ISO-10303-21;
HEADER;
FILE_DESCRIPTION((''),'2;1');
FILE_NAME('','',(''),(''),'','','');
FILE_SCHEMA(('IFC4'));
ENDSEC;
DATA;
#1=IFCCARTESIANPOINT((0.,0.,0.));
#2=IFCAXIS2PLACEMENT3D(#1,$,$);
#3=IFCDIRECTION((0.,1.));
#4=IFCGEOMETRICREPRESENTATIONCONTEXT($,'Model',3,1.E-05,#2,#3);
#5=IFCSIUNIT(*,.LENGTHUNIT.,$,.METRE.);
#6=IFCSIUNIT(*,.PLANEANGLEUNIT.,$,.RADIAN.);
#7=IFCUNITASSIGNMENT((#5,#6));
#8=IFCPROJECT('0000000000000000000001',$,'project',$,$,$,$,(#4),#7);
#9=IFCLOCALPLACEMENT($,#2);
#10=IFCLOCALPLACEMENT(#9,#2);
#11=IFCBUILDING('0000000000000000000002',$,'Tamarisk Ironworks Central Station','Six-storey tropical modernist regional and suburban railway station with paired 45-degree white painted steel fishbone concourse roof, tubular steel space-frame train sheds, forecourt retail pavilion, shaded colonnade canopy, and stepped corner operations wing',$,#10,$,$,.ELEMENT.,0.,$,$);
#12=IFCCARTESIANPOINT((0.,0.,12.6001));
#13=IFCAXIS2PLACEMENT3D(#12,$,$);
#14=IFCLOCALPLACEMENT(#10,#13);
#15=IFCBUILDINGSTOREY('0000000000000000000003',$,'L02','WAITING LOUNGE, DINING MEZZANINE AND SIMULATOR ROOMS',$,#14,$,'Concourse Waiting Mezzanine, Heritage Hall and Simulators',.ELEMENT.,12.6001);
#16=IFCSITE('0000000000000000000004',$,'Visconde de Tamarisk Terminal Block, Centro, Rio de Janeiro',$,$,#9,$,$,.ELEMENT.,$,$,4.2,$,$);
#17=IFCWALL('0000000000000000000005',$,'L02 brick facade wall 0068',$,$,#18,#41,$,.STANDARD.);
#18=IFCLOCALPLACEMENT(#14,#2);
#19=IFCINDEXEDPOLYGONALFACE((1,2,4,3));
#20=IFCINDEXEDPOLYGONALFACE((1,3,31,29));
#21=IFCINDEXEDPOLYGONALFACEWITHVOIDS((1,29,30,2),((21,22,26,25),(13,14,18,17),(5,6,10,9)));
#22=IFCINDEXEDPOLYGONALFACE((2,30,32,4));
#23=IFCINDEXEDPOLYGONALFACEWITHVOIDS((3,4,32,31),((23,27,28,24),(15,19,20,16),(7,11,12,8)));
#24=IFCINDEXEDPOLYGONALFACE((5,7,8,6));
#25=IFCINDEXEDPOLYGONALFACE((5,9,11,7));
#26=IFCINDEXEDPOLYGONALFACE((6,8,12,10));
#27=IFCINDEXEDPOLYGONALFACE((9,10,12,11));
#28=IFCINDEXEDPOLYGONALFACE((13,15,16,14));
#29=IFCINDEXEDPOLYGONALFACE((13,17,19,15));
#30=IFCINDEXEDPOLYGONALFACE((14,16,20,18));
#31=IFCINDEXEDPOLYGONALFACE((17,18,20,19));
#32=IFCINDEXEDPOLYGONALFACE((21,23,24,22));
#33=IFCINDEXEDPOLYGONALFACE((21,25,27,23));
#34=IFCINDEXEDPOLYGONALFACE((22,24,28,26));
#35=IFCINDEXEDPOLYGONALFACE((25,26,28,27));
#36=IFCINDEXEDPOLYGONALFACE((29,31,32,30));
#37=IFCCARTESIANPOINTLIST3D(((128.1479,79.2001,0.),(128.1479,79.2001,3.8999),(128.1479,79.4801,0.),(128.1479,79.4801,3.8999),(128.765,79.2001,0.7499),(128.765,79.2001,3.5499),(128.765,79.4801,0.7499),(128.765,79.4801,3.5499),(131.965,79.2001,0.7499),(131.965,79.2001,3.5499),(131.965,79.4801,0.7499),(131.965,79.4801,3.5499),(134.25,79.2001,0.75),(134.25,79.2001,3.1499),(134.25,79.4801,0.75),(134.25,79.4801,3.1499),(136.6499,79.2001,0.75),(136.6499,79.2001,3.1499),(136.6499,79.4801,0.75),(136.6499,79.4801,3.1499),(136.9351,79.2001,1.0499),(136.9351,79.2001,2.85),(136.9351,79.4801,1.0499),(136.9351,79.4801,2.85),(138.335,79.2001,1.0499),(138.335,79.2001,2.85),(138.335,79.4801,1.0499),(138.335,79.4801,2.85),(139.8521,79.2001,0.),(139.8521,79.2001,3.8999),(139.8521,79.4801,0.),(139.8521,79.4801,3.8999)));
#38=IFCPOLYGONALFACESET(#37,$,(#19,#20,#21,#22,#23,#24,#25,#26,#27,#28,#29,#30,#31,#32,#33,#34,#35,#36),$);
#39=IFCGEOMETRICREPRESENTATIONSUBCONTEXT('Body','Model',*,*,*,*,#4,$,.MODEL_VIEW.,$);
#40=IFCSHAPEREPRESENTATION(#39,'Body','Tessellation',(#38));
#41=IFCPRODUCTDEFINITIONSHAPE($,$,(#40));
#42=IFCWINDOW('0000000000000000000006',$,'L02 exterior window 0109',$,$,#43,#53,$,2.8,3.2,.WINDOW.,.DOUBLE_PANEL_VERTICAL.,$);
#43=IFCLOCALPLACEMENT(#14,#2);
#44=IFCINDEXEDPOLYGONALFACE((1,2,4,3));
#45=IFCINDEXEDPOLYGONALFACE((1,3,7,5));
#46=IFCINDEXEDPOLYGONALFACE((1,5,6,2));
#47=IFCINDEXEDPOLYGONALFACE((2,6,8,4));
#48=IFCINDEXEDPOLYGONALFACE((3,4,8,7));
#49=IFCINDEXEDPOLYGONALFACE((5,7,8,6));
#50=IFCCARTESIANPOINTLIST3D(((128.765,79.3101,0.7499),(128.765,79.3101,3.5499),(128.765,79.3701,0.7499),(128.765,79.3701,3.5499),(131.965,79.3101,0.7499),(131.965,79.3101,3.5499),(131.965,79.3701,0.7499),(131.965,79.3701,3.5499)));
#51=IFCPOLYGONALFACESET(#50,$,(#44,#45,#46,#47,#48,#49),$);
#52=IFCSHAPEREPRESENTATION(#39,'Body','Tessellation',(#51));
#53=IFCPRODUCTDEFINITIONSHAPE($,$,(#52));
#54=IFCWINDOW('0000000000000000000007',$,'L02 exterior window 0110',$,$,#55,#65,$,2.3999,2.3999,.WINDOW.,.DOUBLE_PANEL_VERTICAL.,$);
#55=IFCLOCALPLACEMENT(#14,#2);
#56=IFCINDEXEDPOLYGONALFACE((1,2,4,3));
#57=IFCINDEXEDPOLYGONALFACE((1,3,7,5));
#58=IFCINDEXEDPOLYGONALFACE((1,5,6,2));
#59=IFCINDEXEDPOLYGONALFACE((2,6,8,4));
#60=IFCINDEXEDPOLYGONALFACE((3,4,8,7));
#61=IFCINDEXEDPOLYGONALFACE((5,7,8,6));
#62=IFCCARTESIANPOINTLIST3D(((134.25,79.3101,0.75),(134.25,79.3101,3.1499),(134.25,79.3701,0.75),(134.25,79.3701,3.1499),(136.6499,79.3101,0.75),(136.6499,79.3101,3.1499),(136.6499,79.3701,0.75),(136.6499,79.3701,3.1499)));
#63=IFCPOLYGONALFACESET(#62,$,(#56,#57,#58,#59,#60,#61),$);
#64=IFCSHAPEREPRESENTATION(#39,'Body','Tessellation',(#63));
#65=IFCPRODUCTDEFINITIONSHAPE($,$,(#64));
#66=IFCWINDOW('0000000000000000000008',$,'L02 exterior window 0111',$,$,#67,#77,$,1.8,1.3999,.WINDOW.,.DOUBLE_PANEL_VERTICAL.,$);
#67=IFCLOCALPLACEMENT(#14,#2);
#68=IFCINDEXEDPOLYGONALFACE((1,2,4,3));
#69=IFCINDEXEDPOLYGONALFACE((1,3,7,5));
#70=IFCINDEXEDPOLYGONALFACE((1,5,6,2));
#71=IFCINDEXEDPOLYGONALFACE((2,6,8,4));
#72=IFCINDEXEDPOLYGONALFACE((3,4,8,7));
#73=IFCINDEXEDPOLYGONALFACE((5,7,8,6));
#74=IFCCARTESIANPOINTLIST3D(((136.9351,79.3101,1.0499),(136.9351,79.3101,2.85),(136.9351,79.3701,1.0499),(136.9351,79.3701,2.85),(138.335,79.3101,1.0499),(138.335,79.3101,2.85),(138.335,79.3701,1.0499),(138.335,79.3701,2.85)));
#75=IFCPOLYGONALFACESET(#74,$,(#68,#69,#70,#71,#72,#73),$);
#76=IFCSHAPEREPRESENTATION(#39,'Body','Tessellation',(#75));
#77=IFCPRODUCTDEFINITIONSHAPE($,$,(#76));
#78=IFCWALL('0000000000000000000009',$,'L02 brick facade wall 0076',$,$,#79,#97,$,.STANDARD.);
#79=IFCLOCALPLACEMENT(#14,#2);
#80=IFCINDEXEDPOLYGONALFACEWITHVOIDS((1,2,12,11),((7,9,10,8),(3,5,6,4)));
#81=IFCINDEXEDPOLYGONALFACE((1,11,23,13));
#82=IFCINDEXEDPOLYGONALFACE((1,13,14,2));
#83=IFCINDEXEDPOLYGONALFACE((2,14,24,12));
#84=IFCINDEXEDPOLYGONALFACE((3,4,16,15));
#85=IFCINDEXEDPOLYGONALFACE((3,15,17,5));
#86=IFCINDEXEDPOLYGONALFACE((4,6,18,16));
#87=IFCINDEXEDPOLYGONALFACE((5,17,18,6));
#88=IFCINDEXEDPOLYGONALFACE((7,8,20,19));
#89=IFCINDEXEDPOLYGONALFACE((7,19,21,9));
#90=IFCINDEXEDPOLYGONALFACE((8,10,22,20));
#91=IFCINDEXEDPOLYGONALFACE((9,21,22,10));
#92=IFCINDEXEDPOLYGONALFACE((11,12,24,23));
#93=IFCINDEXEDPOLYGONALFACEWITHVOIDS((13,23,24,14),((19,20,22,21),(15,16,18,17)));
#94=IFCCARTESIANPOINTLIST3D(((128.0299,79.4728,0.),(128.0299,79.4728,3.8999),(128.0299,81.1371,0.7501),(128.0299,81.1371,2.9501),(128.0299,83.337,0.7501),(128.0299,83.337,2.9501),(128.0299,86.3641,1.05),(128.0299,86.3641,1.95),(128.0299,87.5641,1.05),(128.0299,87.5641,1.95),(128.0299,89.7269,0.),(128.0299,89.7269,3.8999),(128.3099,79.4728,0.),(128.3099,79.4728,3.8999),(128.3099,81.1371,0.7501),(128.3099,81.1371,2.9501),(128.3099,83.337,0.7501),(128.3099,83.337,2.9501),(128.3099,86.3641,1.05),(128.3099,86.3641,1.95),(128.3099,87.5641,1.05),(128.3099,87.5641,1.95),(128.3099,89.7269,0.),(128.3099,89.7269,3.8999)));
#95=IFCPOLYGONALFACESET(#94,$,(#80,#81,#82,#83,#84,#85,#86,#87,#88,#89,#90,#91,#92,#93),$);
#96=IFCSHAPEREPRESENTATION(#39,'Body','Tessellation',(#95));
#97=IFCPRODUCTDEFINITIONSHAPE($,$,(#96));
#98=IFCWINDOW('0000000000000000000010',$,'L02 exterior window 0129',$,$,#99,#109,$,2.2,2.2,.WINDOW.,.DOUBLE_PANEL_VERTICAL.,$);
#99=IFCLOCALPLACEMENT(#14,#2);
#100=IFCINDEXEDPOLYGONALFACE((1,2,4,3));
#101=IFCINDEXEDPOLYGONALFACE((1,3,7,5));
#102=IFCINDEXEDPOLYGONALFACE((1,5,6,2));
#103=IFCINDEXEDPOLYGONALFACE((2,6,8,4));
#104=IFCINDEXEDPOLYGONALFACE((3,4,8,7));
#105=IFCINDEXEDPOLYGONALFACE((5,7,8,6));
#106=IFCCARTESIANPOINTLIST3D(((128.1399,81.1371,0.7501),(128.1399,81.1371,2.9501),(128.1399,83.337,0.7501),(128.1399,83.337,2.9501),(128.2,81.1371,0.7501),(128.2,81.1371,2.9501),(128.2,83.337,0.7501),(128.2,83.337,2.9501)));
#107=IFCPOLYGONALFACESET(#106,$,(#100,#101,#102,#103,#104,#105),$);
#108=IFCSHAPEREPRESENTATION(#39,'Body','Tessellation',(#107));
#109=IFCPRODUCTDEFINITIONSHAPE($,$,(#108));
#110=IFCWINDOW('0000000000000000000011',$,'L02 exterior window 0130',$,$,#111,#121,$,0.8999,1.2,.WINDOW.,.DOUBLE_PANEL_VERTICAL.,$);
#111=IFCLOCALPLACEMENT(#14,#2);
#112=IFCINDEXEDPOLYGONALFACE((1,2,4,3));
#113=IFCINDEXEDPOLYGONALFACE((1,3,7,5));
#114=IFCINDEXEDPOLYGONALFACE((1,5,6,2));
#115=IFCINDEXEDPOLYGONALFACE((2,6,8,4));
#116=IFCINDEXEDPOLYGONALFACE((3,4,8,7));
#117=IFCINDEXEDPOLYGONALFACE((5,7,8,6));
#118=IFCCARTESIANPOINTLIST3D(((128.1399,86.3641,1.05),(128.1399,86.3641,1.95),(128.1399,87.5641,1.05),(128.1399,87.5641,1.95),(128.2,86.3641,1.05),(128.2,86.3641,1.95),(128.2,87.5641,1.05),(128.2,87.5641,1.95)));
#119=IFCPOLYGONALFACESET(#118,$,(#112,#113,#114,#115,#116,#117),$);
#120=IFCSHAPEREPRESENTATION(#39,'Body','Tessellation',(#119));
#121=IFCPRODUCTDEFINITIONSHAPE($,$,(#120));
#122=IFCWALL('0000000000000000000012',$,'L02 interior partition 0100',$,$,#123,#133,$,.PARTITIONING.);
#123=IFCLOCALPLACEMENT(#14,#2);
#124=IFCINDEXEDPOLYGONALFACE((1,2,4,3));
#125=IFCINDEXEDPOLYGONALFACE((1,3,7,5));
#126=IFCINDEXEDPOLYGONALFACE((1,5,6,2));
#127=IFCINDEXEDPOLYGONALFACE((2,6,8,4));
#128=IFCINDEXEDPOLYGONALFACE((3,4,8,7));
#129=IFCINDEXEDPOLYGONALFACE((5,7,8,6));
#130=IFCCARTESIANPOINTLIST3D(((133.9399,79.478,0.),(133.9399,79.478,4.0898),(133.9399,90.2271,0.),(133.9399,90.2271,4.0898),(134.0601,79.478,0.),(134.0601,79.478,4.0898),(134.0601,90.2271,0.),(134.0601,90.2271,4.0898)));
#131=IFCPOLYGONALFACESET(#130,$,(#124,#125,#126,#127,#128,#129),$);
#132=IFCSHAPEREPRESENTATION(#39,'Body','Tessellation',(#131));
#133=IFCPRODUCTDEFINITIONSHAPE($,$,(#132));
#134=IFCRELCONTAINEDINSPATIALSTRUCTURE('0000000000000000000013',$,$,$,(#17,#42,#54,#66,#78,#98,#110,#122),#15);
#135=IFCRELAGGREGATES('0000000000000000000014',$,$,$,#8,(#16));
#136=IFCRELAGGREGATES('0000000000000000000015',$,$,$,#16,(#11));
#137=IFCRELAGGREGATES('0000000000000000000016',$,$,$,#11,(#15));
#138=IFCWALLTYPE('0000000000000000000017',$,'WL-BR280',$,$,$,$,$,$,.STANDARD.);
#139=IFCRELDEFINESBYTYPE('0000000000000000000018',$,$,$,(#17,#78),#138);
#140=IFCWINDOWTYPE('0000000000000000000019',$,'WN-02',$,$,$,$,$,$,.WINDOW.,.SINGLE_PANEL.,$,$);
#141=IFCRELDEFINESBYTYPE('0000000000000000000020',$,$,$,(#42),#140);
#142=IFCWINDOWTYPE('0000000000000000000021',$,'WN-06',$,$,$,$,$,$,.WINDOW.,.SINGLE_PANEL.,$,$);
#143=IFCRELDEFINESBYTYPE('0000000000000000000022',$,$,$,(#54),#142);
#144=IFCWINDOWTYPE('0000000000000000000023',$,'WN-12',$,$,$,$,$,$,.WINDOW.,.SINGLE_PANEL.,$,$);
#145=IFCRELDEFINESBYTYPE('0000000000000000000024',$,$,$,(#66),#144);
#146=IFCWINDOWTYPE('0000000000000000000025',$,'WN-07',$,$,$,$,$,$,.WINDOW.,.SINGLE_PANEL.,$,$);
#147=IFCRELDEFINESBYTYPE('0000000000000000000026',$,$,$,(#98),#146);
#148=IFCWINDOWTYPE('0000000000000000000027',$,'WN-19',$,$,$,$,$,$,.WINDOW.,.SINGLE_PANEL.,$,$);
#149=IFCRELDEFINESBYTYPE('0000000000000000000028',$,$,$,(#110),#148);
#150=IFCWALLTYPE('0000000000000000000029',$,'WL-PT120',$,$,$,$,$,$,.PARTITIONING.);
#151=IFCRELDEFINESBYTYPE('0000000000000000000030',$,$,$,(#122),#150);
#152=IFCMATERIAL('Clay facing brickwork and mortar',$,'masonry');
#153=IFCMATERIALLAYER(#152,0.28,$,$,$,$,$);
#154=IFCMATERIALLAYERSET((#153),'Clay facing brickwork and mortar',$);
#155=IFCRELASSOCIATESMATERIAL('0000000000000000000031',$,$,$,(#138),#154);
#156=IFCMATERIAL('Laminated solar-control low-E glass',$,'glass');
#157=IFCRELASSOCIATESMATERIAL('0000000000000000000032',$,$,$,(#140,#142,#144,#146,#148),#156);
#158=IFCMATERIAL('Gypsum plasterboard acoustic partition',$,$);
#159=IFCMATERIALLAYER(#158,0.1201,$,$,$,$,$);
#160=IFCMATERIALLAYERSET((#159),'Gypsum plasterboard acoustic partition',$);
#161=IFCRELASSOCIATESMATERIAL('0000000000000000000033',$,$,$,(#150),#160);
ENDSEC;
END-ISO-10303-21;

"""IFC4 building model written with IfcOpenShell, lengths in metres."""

from ifc_helpers import new_model, si_unit, direction, frame, frame_2d, origin, place, context, subcontext, project, spatial, rectangle, extrude, material, layer, layer_set, type_object, element, fill, save


model = new_model("IFC4")

# Units and contexts
model_context = context("Model", 3, precision=1e-05, world=origin(), true_north=direction((0.0, 1.0)))
body_context = subcontext(model_context, "Body", "Model", "MODEL_VIEW")
ifc_project = project(units=[si_unit("LENGTHUNIT", "METRE"), si_unit("PLANEANGLEUNIT", "RADIAN")], contexts=[model_context])

# Site, building, storey
site_placement = place(None, origin())
site = spatial("IfcSite", under=ifc_project, at=site_placement, Name="Visconde de Tamarisk Terminal Block, Centro, Rio de Janeiro", CompositionType="ELEMENT", RefElevation=4.2)
building_placement = place(site_placement, origin())
building = spatial("IfcBuilding", under=site, at=building_placement, Name="Tamarisk Ironworks Central Station", Description="Six-storey tropical modernist regional and suburban railway station with paired 45-degree white painted steel fishbone concourse roof, tubular steel space-frame train sheds, forecourt retail pavilion, shaded colonnade canopy, and stepped corner operations wing", CompositionType="ELEMENT", ElevationOfRefHeight=0.0)
storey_placement = place(building_placement, frame((0.0, 0.0, 12.6001)))
storey = spatial("IfcBuildingStorey", under=building, at=storey_placement, Name="L02", Description="WAITING LOUNGE, DINING MEZZANINE AND SIMULATOR ROOMS", LongName="Concourse Waiting Mezzanine, Heritage Hall and Simulators", CompositionType="ELEMENT", Elevation=12.6001)

# Shared definitions
ifc_material_1 = material(Name="Laminated solar-control low-E glass", Category="glass")

# Walls, openings, windows
ifc_material_2 = material(Name="Clay facing brickwork and mortar", Category="masonry")
ifc_layer_1 = layer(ifc_material_2, 0.28)
ifc_layer_set_1 = layer_set([ifc_layer_1], Name="Clay facing brickwork and mortar")
wall_type_1 = type_object("IfcWallType", Name="WL-BR280", PredefinedType="STANDARD", material=ifc_layer_set_1)
wall_1_placement = place(storey_placement, frame((128.1479, 79.3401, 0.0), z_axis=(0.0, 0.0, 1.0), x_axis=(1.0, 0.0, 0.0)))
wall_1 = element("IfcWall", 1, at=wall_1_placement, inside=storey, type_object=wall_type_1, Name="L02 brick facade wall 0068", PredefinedType="STANDARD", context=body_context, shape_type="SweptSolid", body=[
    extrude(rectangle(XDim=11.7041, YDim=0.28, at=frame_2d((5.8521, 0.0))), origin(), (0.0, 0.0, 1.0), 3.8999),
])
opening_1_placement = place(wall_1_placement, frame((0.6169, 0.0, 0.75)))
opening_1 = element("IfcOpeningElement", 2, at=opening_1_placement, cuts=wall_1, PredefinedType="OPENING", context=body_context, shape_type="SweptSolid", body=[
    extrude(rectangle(XDim=3.2, YDim=2.8, at=frame_2d((1.6001, 1.3999))), frame((0.0, 0.1519, 0.0), z_axis=(0.0, -1.0, 0.0), x_axis=(1.0, 0.0, 0.0)), (0.0, 0.0, 1.0), 0.304),
])
opening_2_placement = place(wall_1_placement, frame((6.1021, 0.0, 0.75)))
opening_2 = element("IfcOpeningElement", 3, at=opening_2_placement, cuts=wall_1, PredefinedType="OPENING", context=body_context, shape_type="SweptSolid", body=[
    extrude(rectangle(XDim=2.3999, YDim=2.3999, at=frame_2d((1.2, 1.2))), frame((0.0, 0.1519, 0.0), z_axis=(0.0, -1.0, 0.0), x_axis=(1.0, 0.0, 0.0)), (0.0, 0.0, 1.0), 0.304),
])
opening_3_placement = place(wall_1_placement, frame((8.7871, 0.0, 1.05)))
opening_3 = element("IfcOpeningElement", 4, at=opening_3_placement, cuts=wall_1, PredefinedType="OPENING", context=body_context, shape_type="SweptSolid", body=[
    extrude(rectangle(XDim=1.3999, YDim=1.8, at=frame_2d((0.7, 0.8999))), frame((0.0, 0.1519, 0.0), z_axis=(0.0, -1.0, 0.0), x_axis=(1.0, 0.0, 0.0)), (0.0, 0.0, 1.0), 0.304),
])
window_type_1 = type_object("IfcWindowType", Name="WN-02", PartitioningType="SINGLE_PANEL", PredefinedType="WINDOW", material=ifc_material_1)
window_1_placement = place(opening_1_placement, origin())
window_1 = element("IfcWindow", 5, at=window_1_placement, inside=storey, type_object=window_type_1, Name="L02 exterior window 0109", OverallHeight=2.8, OverallWidth=3.2, PartitioningType="DOUBLE_PANEL_VERTICAL", PredefinedType="WINDOW", context=body_context, shape_type="SweptSolid", body=[
    extrude(rectangle(XDim=3.2, YDim=2.8, at=frame_2d((1.6001, 1.3999))), frame((0.0, 0.03, 0.0), z_axis=(0.0, -1.0, 0.0), x_axis=(1.0, 0.0, 0.0)), (0.0, 0.0, 1.0), 0.0601),
])
fill(opening_1, window_1)
window_type_2 = type_object("IfcWindowType", Name="WN-06", PartitioningType="SINGLE_PANEL", PredefinedType="WINDOW", material=ifc_material_1)
window_2_placement = place(opening_2_placement, origin())
window_2 = element("IfcWindow", 6, at=window_2_placement, inside=storey, type_object=window_type_2, Name="L02 exterior window 0110", OverallHeight=2.3999, OverallWidth=2.3999, PartitioningType="DOUBLE_PANEL_VERTICAL", PredefinedType="WINDOW", context=body_context, shape_type="SweptSolid", body=[
    extrude(rectangle(XDim=2.3999, YDim=2.3999, at=frame_2d((1.2, 1.2))), frame((0.0, 0.03, 0.0), z_axis=(0.0, -1.0, 0.0), x_axis=(1.0, 0.0, 0.0)), (0.0, 0.0, 1.0), 0.0601),
])
fill(opening_2, window_2)
window_type_3 = type_object("IfcWindowType", Name="WN-12", PartitioningType="SINGLE_PANEL", PredefinedType="WINDOW", material=ifc_material_1)
window_3_placement = place(opening_3_placement, origin())
window_3 = element("IfcWindow", 7, at=window_3_placement, inside=storey, type_object=window_type_3, Name="L02 exterior window 0111", OverallHeight=1.8, OverallWidth=1.3999, PartitioningType="DOUBLE_PANEL_VERTICAL", PredefinedType="WINDOW", context=body_context, shape_type="SweptSolid", body=[
    extrude(rectangle(XDim=1.3999, YDim=1.8, at=frame_2d((0.7, 0.8999))), frame((0.0, 0.03, 0.0), z_axis=(0.0, -1.0, 0.0), x_axis=(1.0, 0.0, 0.0)), (0.0, 0.0, 1.0), 0.0601),
])
fill(opening_3, window_3)
wall_2_placement = place(storey_placement, frame((128.1699, 79.4729, 0.0), z_axis=(0.0, 0.0, 1.0), x_axis=(0.0, 1.0, 0.0)))
wall_2 = element("IfcWall", 8, at=wall_2_placement, inside=storey, type_object=wall_type_1, Name="L02 brick facade wall 0076", PredefinedType="STANDARD", context=body_context, shape_type="SweptSolid", body=[
    extrude(rectangle(XDim=10.2542, YDim=0.28, at=frame_2d((5.127, 0.0))), origin(), (0.0, 0.0, 1.0), 3.8999),
])
opening_4_placement = place(wall_2_placement, frame((1.6641, 0.0, 0.75)))
opening_4 = element("IfcOpeningElement", 9, at=opening_4_placement, cuts=wall_2, PredefinedType="OPENING", context=body_context, shape_type="SweptSolid", body=[
    extrude(rectangle(XDim=2.2, YDim=2.2, at=frame_2d((1.1001, 1.1001))), frame((0.0, 0.1519, 0.0), z_axis=(0.0, -1.0, 0.0), x_axis=(1.0, 0.0, 0.0)), (0.0, 0.0, 1.0), 0.304),
])
opening_5_placement = place(wall_2_placement, frame((6.8911, 0.0, 1.05)))
opening_5 = element("IfcOpeningElement", 10, at=opening_5_placement, cuts=wall_2, PredefinedType="OPENING", context=body_context, shape_type="SweptSolid", body=[
    extrude(rectangle(XDim=1.2, YDim=0.8999, at=frame_2d((0.6001, 0.45))), frame((0.0, 0.1519, 0.0), z_axis=(0.0, -1.0, 0.0), x_axis=(1.0, 0.0, 0.0)), (0.0, 0.0, 1.0), 0.304),
])
window_type_4 = type_object("IfcWindowType", Name="WN-07", PartitioningType="SINGLE_PANEL", PredefinedType="WINDOW", material=ifc_material_1)
window_4_placement = place(opening_4_placement, origin())
window_4 = element("IfcWindow", 11, at=window_4_placement, inside=storey, type_object=window_type_4, Name="L02 exterior window 0129", OverallHeight=2.2, OverallWidth=2.2, PartitioningType="DOUBLE_PANEL_VERTICAL", PredefinedType="WINDOW", context=body_context, shape_type="SweptSolid", body=[
    extrude(rectangle(XDim=2.2, YDim=2.2, at=frame_2d((1.1001, 1.1001))), frame((0.0, 0.03, 0.0), z_axis=(0.0, -1.0, 0.0), x_axis=(1.0, 0.0, 0.0)), (0.0, 0.0, 1.0), 0.0601),
])
fill(opening_4, window_4)
window_type_5 = type_object("IfcWindowType", Name="WN-19", PartitioningType="SINGLE_PANEL", PredefinedType="WINDOW", material=ifc_material_1)
window_5_placement = place(opening_5_placement, origin())
window_5 = element("IfcWindow", 12, at=window_5_placement, inside=storey, type_object=window_type_5, Name="L02 exterior window 0130", OverallHeight=0.8999, OverallWidth=1.2, PartitioningType="DOUBLE_PANEL_VERTICAL", PredefinedType="WINDOW", context=body_context, shape_type="SweptSolid", body=[
    extrude(rectangle(XDim=1.2, YDim=0.8999, at=frame_2d((0.6001, 0.45))), frame((0.0, 0.03, 0.0), z_axis=(0.0, -1.0, 0.0), x_axis=(1.0, 0.0, 0.0)), (0.0, 0.0, 1.0), 0.0601),
])
fill(opening_5, window_5)

# Wall
ifc_material_3 = material(Name="Gypsum plasterboard acoustic partition")
ifc_layer_2 = layer(ifc_material_3, 0.1201)
ifc_layer_set_2 = layer_set([ifc_layer_2], Name="Gypsum plasterboard acoustic partition")
wall_type_2 = type_object("IfcWallType", Name="WL-PT120", PredefinedType="PARTITIONING", material=ifc_layer_set_2)
wall_3_placement = place(storey_placement, frame((134.0, 79.478, 0.0), z_axis=(0.0, 0.0, 1.0), x_axis=(0.0, 1.0, 0.0)))
element("IfcWall", 13, at=wall_3_placement, inside=storey, type_object=wall_type_2, Name="L02 interior partition 0100", PredefinedType="PARTITIONING", context=body_context, shape_type="SweptSolid", body=[
    extrude(rectangle(XDim=10.749, YDim=0.1201, at=frame_2d((5.3745, 0.0))), origin(), (0.0, 0.0, 1.0), 4.0898),
])

save(model, "model.ifc")
